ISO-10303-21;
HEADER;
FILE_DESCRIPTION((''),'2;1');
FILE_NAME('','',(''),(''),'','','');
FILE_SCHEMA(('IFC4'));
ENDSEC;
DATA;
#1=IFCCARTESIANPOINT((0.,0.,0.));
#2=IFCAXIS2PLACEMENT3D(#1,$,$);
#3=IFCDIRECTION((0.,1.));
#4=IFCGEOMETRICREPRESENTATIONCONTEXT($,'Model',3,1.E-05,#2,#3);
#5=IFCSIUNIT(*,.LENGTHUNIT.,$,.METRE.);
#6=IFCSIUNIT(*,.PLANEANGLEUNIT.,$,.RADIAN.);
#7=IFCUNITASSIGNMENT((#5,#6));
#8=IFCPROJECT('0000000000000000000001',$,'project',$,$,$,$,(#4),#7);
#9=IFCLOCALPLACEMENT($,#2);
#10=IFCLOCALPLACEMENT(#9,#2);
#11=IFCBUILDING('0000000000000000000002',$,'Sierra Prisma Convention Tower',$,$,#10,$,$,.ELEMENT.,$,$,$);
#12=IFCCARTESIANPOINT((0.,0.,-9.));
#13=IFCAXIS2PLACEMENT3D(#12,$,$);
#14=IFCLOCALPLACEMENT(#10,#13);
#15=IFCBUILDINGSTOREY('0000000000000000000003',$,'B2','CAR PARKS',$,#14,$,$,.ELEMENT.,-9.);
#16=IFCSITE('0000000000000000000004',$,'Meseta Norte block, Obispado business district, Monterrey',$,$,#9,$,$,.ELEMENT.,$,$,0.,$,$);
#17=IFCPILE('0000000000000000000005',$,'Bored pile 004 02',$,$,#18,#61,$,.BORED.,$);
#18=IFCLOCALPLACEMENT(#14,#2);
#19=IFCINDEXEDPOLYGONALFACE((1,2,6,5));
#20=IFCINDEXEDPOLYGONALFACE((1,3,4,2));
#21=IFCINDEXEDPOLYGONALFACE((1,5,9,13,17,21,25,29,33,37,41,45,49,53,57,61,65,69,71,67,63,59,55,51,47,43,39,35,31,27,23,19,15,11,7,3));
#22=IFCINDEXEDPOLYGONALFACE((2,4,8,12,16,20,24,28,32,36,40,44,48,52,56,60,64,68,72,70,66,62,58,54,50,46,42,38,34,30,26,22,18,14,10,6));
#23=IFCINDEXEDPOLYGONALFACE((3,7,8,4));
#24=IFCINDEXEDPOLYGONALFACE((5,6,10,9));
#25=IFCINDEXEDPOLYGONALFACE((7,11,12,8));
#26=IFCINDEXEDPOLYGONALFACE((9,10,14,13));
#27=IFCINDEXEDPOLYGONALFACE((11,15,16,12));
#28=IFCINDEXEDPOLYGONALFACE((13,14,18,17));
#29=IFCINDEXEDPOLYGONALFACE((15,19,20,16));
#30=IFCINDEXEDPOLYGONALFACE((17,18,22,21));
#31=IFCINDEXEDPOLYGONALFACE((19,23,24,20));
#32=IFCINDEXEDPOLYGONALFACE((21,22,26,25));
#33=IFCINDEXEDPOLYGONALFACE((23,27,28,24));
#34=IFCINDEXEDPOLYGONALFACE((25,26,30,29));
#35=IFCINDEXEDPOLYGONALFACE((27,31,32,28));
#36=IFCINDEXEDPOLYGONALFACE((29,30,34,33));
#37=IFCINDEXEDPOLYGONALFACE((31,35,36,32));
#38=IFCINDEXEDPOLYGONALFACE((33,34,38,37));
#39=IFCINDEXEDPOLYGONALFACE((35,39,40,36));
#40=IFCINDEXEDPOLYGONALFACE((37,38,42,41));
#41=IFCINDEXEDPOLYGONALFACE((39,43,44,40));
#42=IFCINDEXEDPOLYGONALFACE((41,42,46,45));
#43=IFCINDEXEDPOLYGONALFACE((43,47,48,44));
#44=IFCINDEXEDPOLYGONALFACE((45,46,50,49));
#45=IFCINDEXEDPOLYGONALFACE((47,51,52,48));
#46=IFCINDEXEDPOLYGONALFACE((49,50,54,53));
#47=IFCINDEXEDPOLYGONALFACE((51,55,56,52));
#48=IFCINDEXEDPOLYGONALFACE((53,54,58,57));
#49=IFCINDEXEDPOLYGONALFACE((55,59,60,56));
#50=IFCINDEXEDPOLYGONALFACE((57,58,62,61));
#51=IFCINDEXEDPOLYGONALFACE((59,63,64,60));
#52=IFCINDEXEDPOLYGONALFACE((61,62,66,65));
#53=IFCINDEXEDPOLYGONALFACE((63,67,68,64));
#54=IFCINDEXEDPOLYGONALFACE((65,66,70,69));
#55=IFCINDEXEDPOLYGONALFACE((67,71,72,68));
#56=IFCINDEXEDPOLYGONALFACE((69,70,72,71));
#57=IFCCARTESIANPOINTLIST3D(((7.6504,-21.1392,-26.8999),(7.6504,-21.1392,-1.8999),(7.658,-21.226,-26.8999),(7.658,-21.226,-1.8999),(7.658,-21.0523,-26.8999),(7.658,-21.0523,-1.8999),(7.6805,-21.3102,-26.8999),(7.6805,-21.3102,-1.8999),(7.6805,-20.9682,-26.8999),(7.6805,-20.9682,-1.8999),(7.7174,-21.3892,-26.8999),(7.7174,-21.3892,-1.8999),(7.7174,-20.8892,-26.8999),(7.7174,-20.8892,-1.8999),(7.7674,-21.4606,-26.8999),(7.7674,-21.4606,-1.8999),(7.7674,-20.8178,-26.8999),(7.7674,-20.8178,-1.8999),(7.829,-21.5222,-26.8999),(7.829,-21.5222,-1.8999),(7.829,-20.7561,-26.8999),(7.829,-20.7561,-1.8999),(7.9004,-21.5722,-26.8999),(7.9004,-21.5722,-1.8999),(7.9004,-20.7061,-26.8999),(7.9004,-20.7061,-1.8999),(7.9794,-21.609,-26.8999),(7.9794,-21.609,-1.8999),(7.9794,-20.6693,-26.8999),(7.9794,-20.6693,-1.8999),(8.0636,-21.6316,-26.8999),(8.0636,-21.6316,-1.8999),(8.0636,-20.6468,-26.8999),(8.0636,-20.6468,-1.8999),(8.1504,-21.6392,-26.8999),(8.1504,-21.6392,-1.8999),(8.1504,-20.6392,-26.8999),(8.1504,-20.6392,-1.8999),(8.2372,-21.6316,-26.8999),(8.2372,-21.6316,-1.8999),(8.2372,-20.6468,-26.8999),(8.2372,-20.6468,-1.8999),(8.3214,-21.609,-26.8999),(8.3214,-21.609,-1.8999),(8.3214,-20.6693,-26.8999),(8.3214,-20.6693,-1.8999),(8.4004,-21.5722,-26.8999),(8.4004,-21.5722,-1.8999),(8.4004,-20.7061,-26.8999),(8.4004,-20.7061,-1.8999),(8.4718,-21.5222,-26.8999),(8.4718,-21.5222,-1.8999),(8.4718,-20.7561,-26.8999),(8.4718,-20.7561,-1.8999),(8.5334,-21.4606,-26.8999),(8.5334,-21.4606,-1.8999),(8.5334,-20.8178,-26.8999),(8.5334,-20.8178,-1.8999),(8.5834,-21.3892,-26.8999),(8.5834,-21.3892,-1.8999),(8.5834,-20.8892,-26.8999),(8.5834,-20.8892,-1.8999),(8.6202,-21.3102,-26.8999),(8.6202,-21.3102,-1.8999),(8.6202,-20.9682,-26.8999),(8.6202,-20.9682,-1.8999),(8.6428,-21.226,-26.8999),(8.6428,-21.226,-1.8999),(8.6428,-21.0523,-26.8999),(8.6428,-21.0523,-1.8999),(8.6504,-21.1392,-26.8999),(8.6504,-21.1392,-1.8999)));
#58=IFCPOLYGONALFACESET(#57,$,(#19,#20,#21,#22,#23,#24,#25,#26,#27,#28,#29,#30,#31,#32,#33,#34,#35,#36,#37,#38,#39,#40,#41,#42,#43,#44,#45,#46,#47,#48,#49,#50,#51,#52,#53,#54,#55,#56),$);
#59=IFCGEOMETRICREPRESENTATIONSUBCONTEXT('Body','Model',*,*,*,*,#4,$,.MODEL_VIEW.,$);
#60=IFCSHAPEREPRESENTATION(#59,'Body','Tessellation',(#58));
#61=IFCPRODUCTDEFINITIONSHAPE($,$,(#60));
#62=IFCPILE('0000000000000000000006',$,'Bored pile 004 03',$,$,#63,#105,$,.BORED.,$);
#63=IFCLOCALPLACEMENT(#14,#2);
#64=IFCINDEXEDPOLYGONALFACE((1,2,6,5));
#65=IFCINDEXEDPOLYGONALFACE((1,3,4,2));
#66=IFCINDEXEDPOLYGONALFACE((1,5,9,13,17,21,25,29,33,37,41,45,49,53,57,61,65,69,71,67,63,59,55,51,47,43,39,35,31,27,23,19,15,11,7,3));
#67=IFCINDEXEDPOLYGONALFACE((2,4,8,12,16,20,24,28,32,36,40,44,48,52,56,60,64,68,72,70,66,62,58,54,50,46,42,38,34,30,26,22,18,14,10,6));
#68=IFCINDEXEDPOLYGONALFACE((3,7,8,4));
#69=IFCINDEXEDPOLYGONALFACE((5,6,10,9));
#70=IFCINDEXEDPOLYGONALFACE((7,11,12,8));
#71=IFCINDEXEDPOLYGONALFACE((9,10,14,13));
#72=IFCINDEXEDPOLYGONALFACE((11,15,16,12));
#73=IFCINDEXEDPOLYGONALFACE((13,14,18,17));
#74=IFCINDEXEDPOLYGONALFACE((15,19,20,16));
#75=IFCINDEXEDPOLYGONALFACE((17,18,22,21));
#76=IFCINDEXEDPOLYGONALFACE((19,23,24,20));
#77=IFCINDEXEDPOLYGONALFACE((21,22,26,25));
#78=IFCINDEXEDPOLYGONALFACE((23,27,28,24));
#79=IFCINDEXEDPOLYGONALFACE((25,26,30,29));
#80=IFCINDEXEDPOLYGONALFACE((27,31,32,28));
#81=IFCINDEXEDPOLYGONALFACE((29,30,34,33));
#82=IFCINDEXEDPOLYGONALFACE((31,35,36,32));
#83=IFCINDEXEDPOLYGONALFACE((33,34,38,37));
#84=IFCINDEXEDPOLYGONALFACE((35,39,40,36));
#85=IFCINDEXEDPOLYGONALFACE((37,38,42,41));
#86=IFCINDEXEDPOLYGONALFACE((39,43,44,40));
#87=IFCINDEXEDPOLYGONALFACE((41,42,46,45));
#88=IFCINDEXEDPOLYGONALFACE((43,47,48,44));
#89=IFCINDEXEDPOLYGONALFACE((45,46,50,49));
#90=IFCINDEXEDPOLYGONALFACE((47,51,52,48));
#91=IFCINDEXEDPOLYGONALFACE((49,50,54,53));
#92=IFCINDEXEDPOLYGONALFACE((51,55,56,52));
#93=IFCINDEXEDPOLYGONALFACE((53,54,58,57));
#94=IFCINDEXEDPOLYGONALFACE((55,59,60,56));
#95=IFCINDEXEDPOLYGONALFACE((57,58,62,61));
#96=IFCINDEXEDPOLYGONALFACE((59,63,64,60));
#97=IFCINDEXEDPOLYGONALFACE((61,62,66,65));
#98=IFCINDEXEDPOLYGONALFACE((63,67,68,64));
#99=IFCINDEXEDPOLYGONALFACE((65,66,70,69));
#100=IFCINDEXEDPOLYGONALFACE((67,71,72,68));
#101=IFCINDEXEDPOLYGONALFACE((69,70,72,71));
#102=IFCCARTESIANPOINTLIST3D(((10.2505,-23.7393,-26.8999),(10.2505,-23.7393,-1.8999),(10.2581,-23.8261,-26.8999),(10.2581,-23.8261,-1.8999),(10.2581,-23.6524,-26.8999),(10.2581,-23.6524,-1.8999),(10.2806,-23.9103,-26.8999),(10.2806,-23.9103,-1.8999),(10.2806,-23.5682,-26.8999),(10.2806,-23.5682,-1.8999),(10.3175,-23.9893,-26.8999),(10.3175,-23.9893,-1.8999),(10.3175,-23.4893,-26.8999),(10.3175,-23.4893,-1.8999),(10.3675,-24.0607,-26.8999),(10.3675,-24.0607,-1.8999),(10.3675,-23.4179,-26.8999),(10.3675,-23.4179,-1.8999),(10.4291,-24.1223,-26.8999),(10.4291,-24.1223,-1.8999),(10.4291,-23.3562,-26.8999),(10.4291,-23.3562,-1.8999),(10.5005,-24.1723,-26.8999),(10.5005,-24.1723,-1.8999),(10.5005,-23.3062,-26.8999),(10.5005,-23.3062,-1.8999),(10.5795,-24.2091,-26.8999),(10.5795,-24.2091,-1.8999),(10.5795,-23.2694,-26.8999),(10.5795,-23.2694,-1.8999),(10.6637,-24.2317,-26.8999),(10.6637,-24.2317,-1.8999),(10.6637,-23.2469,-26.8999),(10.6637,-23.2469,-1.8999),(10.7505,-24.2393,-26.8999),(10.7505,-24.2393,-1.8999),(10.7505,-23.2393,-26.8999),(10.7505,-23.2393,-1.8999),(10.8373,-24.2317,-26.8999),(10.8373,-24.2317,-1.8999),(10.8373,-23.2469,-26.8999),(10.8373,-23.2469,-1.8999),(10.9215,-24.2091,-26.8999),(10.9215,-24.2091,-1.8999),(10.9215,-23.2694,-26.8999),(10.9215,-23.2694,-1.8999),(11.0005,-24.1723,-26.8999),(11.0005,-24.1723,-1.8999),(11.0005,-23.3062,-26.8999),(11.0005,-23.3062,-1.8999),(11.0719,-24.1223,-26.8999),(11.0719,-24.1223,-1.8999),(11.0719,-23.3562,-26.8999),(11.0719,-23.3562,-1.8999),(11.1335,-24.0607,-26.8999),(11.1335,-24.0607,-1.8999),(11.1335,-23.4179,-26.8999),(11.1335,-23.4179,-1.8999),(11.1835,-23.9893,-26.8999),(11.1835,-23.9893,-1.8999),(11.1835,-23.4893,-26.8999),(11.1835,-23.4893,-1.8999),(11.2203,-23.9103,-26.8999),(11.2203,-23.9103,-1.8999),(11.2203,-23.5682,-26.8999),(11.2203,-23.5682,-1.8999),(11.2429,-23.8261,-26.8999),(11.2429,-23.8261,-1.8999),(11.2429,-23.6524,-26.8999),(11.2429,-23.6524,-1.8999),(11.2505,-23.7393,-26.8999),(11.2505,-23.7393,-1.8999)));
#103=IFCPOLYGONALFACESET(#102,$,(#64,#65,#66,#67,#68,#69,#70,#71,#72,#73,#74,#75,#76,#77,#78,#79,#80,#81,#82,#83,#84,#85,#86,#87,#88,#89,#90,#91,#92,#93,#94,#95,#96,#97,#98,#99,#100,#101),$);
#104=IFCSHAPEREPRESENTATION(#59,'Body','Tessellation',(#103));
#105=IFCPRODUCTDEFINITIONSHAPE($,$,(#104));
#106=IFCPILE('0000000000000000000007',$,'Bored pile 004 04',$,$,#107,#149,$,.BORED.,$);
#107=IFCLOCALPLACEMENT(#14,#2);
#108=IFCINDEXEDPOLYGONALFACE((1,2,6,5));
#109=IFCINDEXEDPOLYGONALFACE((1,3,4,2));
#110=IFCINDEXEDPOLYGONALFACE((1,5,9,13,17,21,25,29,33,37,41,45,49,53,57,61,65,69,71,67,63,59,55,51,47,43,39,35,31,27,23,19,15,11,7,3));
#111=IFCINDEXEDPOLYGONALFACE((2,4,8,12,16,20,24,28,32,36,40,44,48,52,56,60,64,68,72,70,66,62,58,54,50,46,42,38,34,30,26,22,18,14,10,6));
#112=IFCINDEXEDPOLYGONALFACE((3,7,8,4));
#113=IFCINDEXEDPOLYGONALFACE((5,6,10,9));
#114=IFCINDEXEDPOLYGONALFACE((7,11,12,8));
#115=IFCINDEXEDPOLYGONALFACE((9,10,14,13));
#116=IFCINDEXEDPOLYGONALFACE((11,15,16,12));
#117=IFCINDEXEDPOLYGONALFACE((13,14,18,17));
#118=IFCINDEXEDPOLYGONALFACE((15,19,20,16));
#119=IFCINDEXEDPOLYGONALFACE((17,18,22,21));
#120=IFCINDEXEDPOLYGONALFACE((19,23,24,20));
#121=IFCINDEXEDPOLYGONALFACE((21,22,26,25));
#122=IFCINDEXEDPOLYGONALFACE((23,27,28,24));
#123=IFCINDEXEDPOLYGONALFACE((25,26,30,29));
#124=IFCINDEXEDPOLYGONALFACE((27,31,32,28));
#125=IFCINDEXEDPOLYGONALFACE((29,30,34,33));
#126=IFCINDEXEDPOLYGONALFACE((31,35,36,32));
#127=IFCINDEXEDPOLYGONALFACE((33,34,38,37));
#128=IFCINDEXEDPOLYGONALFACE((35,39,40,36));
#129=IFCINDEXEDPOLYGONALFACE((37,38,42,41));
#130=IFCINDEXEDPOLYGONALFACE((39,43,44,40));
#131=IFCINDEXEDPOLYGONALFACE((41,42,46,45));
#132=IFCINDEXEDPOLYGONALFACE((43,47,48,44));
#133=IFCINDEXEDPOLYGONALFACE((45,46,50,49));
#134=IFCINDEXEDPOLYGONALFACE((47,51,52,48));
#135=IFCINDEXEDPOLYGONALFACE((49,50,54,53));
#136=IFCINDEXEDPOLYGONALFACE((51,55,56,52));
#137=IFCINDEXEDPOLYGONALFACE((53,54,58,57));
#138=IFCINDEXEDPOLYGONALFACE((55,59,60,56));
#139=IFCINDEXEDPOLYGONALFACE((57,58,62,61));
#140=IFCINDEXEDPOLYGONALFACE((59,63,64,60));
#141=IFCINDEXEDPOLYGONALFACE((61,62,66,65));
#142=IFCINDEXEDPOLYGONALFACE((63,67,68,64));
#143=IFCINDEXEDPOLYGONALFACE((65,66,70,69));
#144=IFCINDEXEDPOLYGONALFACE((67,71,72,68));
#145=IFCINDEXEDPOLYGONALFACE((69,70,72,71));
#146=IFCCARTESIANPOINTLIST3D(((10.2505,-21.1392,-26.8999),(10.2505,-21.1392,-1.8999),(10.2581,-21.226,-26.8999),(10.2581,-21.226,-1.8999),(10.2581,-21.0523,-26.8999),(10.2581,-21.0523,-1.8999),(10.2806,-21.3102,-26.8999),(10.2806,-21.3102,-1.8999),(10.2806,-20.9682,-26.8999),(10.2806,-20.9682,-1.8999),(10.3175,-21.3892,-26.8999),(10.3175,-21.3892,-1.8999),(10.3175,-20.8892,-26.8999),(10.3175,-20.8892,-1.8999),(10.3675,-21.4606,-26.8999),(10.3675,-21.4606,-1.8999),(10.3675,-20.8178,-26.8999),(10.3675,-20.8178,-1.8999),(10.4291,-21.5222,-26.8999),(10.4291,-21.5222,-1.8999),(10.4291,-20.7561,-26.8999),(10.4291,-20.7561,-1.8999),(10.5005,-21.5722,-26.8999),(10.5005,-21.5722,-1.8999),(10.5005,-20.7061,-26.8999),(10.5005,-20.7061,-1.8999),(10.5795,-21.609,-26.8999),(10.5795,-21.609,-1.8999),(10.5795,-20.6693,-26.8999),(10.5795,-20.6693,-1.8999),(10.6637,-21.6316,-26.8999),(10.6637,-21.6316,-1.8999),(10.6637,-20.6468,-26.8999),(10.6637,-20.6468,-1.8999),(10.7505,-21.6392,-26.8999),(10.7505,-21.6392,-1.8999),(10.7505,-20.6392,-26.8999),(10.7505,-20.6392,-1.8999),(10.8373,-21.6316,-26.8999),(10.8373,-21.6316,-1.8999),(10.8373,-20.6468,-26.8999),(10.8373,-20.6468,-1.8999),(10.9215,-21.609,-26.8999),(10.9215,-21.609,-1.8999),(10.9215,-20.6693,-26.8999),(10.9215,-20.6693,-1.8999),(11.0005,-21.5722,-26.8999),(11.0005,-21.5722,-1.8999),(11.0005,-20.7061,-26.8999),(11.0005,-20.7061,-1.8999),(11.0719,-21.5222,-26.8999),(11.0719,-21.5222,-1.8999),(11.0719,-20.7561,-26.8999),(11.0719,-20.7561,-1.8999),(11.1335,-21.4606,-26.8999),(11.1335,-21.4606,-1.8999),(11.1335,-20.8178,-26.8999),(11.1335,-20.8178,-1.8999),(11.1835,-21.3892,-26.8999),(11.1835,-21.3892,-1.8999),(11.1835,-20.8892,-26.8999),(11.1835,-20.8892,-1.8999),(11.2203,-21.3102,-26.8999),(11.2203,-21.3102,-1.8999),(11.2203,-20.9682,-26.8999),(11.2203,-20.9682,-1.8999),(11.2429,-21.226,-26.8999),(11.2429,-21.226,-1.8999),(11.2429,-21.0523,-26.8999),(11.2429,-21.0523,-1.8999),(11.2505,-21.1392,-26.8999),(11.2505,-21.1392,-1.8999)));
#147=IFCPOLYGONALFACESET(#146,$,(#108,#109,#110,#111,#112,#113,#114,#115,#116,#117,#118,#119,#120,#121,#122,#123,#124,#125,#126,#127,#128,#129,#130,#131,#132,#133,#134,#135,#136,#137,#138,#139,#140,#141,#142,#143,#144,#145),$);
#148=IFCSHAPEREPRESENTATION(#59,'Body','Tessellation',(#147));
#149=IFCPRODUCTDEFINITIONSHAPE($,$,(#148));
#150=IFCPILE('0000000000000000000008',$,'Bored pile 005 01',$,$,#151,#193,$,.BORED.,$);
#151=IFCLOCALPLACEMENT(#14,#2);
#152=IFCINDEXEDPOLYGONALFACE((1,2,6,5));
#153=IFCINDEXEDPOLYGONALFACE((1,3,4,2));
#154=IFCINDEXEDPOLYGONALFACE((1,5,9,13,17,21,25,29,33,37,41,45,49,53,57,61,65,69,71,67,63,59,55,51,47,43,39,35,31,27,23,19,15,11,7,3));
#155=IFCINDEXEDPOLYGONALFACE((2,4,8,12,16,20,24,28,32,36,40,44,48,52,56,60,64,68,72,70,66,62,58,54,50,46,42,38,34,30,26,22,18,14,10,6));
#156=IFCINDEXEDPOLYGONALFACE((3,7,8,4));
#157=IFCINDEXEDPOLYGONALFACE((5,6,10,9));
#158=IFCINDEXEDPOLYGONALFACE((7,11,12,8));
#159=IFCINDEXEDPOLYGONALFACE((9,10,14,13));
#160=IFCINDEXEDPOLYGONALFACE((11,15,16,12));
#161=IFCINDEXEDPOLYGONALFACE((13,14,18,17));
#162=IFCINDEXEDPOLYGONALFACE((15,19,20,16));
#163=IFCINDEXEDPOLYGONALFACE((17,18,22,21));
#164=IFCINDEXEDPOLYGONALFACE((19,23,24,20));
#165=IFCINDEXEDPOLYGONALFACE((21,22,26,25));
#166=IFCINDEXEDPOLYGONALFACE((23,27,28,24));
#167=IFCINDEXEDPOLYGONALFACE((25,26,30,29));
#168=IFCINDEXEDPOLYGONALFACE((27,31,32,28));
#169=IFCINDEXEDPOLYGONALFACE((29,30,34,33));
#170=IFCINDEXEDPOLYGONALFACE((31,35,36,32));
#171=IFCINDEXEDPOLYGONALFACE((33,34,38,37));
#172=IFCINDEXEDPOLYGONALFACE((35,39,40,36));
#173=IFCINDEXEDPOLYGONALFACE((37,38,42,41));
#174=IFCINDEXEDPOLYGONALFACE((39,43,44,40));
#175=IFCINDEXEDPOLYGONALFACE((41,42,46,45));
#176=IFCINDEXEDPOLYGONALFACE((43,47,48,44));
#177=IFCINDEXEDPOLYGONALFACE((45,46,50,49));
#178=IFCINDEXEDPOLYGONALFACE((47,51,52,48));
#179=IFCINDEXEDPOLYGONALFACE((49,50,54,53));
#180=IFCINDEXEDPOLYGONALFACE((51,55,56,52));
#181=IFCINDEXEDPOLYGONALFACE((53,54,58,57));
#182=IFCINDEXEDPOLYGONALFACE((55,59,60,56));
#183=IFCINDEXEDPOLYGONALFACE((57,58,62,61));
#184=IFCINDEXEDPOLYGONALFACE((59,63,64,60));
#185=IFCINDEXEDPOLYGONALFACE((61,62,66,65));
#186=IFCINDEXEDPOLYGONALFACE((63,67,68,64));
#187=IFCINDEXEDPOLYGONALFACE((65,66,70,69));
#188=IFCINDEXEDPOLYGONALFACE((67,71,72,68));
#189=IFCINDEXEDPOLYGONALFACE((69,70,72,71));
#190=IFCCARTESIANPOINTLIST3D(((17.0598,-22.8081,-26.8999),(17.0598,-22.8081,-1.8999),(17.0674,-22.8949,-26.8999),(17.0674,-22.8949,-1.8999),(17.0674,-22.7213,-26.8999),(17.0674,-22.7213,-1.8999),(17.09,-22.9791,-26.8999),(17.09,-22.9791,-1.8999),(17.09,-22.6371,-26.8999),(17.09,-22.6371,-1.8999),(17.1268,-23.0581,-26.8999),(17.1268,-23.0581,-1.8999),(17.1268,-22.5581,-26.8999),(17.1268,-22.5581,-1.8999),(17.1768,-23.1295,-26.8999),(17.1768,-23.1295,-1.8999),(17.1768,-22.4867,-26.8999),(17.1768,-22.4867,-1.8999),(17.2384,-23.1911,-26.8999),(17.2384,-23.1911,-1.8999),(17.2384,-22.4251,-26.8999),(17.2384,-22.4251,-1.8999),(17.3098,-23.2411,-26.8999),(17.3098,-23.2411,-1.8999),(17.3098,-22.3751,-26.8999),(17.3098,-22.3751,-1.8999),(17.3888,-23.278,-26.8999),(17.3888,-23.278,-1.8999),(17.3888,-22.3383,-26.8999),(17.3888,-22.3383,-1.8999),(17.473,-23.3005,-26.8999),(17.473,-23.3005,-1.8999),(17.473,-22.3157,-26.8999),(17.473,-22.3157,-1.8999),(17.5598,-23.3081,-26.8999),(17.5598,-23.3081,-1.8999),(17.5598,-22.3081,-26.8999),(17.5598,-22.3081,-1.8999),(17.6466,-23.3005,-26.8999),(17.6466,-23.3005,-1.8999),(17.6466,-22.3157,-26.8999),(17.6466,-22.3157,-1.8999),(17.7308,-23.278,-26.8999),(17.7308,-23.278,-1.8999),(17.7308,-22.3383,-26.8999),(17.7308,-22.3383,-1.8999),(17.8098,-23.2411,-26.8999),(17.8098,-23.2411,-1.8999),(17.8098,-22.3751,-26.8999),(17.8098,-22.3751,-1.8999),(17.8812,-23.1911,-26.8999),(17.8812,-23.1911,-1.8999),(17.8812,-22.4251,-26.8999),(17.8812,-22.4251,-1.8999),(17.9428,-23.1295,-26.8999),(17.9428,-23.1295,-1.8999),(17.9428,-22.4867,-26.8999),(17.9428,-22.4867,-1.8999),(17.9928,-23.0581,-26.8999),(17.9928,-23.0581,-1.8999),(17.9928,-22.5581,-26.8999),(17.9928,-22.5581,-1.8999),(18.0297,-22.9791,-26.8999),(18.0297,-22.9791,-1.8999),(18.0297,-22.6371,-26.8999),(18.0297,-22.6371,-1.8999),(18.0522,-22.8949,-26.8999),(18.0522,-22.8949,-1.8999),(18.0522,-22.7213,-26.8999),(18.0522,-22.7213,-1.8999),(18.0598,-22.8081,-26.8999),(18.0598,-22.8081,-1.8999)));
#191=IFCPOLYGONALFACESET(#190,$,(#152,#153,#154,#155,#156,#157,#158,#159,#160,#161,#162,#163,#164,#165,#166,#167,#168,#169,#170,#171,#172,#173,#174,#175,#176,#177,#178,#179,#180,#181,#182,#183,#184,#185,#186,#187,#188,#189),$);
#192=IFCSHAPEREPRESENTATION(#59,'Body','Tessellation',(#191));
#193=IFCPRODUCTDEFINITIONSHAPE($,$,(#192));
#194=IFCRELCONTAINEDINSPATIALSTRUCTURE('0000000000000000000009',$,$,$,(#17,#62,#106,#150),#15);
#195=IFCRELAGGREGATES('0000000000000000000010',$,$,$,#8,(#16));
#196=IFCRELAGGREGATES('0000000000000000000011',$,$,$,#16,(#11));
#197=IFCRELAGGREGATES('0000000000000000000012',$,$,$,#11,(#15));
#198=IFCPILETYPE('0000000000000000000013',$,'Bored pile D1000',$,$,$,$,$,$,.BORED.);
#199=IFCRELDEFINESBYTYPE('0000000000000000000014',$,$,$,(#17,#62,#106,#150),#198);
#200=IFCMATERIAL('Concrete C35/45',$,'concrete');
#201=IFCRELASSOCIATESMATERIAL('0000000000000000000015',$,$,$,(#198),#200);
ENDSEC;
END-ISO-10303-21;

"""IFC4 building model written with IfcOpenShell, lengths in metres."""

from ifc_helpers import new_model, si_unit, direction, frame, origin, origin_2d, place, context, subcontext, project, spatial, circle, extrude, material, material_profile, profile_set, type_object, element, save


model = new_model("IFC4")

# Units and contexts
model_context = context("Model", 3, precision=1e-05, world=origin(), true_north=direction((0.0, 1.0)))
body_context = subcontext(model_context, "Body", "Model", "MODEL_VIEW")
ifc_project = project(units=[si_unit("LENGTHUNIT", "METRE"), si_unit("PLANEANGLEUNIT", "RADIAN")], contexts=[model_context])

# Site, building, storey
site_placement = place(None, origin())
site = spatial("IfcSite", under=ifc_project, at=site_placement, Name="Meseta Norte block, Obispado business district, Monterrey", CompositionType="ELEMENT", RefElevation=0.0)
building_placement = place(site_placement, origin())
building = spatial("IfcBuilding", under=site, at=building_placement, Name="Sierra Prisma Convention Tower", CompositionType="ELEMENT")
storey_placement = place(building_placement, frame((0.0, 0.0, -9.0)))
storey = spatial("IfcBuildingStorey", under=building, at=storey_placement, Name="B2", Description="CAR PARKS", CompositionType="ELEMENT", Elevation=-9.0)

# Piles
ifc_material_1 = material(Name="Concrete C35/45", Category="concrete")
ifc_material_profile_1 = material_profile(ifc_material_1, circle(Radius=0.5, at=origin_2d()), Name="D1000")
ifc_profile_set_1 = profile_set([ifc_material_profile_1], Name="Concrete C35/45")
pile_type_1 = type_object("IfcPileType", Name="Bored pile D1000", PredefinedType="BORED", material=ifc_profile_set_1)
for number, where, z_axis, x_axis, name in (
    (1, (8.1504, -21.1392, -1.8999), (0.0, 0.0, -1.0), (1.0, 0.0, 0.0), "Bored pile 004 02"),
    (2, (10.7505, -23.7393, -1.8999), (0.0, 0.0, -1.0), (1.0, 0.0, 0.0), "Bored pile 004 03"),
    (3, (10.7505, -21.1392, -1.8999), (0.0, 0.0, -1.0), (1.0, 0.0, 0.0), "Bored pile 004 04"),
    (4, (17.5598, -22.8081, -1.8999), (0.0, 0.0, -1.0), (1.0, 0.0, 0.0), "Bored pile 005 01"),
):
    element("IfcPile", number, at=place(storey_placement, frame(where, z_axis=z_axis, x_axis=x_axis)), inside=storey, type_object=pile_type_1, Name=name, PredefinedType="BORED", context=body_context, shape_type="SweptSolid", body=[
        extrude(circle(Radius=0.5, at=origin_2d()), origin(), (0.0, 0.0, 1.0), 25.0),
    ])

save(model, "model.ifc")
